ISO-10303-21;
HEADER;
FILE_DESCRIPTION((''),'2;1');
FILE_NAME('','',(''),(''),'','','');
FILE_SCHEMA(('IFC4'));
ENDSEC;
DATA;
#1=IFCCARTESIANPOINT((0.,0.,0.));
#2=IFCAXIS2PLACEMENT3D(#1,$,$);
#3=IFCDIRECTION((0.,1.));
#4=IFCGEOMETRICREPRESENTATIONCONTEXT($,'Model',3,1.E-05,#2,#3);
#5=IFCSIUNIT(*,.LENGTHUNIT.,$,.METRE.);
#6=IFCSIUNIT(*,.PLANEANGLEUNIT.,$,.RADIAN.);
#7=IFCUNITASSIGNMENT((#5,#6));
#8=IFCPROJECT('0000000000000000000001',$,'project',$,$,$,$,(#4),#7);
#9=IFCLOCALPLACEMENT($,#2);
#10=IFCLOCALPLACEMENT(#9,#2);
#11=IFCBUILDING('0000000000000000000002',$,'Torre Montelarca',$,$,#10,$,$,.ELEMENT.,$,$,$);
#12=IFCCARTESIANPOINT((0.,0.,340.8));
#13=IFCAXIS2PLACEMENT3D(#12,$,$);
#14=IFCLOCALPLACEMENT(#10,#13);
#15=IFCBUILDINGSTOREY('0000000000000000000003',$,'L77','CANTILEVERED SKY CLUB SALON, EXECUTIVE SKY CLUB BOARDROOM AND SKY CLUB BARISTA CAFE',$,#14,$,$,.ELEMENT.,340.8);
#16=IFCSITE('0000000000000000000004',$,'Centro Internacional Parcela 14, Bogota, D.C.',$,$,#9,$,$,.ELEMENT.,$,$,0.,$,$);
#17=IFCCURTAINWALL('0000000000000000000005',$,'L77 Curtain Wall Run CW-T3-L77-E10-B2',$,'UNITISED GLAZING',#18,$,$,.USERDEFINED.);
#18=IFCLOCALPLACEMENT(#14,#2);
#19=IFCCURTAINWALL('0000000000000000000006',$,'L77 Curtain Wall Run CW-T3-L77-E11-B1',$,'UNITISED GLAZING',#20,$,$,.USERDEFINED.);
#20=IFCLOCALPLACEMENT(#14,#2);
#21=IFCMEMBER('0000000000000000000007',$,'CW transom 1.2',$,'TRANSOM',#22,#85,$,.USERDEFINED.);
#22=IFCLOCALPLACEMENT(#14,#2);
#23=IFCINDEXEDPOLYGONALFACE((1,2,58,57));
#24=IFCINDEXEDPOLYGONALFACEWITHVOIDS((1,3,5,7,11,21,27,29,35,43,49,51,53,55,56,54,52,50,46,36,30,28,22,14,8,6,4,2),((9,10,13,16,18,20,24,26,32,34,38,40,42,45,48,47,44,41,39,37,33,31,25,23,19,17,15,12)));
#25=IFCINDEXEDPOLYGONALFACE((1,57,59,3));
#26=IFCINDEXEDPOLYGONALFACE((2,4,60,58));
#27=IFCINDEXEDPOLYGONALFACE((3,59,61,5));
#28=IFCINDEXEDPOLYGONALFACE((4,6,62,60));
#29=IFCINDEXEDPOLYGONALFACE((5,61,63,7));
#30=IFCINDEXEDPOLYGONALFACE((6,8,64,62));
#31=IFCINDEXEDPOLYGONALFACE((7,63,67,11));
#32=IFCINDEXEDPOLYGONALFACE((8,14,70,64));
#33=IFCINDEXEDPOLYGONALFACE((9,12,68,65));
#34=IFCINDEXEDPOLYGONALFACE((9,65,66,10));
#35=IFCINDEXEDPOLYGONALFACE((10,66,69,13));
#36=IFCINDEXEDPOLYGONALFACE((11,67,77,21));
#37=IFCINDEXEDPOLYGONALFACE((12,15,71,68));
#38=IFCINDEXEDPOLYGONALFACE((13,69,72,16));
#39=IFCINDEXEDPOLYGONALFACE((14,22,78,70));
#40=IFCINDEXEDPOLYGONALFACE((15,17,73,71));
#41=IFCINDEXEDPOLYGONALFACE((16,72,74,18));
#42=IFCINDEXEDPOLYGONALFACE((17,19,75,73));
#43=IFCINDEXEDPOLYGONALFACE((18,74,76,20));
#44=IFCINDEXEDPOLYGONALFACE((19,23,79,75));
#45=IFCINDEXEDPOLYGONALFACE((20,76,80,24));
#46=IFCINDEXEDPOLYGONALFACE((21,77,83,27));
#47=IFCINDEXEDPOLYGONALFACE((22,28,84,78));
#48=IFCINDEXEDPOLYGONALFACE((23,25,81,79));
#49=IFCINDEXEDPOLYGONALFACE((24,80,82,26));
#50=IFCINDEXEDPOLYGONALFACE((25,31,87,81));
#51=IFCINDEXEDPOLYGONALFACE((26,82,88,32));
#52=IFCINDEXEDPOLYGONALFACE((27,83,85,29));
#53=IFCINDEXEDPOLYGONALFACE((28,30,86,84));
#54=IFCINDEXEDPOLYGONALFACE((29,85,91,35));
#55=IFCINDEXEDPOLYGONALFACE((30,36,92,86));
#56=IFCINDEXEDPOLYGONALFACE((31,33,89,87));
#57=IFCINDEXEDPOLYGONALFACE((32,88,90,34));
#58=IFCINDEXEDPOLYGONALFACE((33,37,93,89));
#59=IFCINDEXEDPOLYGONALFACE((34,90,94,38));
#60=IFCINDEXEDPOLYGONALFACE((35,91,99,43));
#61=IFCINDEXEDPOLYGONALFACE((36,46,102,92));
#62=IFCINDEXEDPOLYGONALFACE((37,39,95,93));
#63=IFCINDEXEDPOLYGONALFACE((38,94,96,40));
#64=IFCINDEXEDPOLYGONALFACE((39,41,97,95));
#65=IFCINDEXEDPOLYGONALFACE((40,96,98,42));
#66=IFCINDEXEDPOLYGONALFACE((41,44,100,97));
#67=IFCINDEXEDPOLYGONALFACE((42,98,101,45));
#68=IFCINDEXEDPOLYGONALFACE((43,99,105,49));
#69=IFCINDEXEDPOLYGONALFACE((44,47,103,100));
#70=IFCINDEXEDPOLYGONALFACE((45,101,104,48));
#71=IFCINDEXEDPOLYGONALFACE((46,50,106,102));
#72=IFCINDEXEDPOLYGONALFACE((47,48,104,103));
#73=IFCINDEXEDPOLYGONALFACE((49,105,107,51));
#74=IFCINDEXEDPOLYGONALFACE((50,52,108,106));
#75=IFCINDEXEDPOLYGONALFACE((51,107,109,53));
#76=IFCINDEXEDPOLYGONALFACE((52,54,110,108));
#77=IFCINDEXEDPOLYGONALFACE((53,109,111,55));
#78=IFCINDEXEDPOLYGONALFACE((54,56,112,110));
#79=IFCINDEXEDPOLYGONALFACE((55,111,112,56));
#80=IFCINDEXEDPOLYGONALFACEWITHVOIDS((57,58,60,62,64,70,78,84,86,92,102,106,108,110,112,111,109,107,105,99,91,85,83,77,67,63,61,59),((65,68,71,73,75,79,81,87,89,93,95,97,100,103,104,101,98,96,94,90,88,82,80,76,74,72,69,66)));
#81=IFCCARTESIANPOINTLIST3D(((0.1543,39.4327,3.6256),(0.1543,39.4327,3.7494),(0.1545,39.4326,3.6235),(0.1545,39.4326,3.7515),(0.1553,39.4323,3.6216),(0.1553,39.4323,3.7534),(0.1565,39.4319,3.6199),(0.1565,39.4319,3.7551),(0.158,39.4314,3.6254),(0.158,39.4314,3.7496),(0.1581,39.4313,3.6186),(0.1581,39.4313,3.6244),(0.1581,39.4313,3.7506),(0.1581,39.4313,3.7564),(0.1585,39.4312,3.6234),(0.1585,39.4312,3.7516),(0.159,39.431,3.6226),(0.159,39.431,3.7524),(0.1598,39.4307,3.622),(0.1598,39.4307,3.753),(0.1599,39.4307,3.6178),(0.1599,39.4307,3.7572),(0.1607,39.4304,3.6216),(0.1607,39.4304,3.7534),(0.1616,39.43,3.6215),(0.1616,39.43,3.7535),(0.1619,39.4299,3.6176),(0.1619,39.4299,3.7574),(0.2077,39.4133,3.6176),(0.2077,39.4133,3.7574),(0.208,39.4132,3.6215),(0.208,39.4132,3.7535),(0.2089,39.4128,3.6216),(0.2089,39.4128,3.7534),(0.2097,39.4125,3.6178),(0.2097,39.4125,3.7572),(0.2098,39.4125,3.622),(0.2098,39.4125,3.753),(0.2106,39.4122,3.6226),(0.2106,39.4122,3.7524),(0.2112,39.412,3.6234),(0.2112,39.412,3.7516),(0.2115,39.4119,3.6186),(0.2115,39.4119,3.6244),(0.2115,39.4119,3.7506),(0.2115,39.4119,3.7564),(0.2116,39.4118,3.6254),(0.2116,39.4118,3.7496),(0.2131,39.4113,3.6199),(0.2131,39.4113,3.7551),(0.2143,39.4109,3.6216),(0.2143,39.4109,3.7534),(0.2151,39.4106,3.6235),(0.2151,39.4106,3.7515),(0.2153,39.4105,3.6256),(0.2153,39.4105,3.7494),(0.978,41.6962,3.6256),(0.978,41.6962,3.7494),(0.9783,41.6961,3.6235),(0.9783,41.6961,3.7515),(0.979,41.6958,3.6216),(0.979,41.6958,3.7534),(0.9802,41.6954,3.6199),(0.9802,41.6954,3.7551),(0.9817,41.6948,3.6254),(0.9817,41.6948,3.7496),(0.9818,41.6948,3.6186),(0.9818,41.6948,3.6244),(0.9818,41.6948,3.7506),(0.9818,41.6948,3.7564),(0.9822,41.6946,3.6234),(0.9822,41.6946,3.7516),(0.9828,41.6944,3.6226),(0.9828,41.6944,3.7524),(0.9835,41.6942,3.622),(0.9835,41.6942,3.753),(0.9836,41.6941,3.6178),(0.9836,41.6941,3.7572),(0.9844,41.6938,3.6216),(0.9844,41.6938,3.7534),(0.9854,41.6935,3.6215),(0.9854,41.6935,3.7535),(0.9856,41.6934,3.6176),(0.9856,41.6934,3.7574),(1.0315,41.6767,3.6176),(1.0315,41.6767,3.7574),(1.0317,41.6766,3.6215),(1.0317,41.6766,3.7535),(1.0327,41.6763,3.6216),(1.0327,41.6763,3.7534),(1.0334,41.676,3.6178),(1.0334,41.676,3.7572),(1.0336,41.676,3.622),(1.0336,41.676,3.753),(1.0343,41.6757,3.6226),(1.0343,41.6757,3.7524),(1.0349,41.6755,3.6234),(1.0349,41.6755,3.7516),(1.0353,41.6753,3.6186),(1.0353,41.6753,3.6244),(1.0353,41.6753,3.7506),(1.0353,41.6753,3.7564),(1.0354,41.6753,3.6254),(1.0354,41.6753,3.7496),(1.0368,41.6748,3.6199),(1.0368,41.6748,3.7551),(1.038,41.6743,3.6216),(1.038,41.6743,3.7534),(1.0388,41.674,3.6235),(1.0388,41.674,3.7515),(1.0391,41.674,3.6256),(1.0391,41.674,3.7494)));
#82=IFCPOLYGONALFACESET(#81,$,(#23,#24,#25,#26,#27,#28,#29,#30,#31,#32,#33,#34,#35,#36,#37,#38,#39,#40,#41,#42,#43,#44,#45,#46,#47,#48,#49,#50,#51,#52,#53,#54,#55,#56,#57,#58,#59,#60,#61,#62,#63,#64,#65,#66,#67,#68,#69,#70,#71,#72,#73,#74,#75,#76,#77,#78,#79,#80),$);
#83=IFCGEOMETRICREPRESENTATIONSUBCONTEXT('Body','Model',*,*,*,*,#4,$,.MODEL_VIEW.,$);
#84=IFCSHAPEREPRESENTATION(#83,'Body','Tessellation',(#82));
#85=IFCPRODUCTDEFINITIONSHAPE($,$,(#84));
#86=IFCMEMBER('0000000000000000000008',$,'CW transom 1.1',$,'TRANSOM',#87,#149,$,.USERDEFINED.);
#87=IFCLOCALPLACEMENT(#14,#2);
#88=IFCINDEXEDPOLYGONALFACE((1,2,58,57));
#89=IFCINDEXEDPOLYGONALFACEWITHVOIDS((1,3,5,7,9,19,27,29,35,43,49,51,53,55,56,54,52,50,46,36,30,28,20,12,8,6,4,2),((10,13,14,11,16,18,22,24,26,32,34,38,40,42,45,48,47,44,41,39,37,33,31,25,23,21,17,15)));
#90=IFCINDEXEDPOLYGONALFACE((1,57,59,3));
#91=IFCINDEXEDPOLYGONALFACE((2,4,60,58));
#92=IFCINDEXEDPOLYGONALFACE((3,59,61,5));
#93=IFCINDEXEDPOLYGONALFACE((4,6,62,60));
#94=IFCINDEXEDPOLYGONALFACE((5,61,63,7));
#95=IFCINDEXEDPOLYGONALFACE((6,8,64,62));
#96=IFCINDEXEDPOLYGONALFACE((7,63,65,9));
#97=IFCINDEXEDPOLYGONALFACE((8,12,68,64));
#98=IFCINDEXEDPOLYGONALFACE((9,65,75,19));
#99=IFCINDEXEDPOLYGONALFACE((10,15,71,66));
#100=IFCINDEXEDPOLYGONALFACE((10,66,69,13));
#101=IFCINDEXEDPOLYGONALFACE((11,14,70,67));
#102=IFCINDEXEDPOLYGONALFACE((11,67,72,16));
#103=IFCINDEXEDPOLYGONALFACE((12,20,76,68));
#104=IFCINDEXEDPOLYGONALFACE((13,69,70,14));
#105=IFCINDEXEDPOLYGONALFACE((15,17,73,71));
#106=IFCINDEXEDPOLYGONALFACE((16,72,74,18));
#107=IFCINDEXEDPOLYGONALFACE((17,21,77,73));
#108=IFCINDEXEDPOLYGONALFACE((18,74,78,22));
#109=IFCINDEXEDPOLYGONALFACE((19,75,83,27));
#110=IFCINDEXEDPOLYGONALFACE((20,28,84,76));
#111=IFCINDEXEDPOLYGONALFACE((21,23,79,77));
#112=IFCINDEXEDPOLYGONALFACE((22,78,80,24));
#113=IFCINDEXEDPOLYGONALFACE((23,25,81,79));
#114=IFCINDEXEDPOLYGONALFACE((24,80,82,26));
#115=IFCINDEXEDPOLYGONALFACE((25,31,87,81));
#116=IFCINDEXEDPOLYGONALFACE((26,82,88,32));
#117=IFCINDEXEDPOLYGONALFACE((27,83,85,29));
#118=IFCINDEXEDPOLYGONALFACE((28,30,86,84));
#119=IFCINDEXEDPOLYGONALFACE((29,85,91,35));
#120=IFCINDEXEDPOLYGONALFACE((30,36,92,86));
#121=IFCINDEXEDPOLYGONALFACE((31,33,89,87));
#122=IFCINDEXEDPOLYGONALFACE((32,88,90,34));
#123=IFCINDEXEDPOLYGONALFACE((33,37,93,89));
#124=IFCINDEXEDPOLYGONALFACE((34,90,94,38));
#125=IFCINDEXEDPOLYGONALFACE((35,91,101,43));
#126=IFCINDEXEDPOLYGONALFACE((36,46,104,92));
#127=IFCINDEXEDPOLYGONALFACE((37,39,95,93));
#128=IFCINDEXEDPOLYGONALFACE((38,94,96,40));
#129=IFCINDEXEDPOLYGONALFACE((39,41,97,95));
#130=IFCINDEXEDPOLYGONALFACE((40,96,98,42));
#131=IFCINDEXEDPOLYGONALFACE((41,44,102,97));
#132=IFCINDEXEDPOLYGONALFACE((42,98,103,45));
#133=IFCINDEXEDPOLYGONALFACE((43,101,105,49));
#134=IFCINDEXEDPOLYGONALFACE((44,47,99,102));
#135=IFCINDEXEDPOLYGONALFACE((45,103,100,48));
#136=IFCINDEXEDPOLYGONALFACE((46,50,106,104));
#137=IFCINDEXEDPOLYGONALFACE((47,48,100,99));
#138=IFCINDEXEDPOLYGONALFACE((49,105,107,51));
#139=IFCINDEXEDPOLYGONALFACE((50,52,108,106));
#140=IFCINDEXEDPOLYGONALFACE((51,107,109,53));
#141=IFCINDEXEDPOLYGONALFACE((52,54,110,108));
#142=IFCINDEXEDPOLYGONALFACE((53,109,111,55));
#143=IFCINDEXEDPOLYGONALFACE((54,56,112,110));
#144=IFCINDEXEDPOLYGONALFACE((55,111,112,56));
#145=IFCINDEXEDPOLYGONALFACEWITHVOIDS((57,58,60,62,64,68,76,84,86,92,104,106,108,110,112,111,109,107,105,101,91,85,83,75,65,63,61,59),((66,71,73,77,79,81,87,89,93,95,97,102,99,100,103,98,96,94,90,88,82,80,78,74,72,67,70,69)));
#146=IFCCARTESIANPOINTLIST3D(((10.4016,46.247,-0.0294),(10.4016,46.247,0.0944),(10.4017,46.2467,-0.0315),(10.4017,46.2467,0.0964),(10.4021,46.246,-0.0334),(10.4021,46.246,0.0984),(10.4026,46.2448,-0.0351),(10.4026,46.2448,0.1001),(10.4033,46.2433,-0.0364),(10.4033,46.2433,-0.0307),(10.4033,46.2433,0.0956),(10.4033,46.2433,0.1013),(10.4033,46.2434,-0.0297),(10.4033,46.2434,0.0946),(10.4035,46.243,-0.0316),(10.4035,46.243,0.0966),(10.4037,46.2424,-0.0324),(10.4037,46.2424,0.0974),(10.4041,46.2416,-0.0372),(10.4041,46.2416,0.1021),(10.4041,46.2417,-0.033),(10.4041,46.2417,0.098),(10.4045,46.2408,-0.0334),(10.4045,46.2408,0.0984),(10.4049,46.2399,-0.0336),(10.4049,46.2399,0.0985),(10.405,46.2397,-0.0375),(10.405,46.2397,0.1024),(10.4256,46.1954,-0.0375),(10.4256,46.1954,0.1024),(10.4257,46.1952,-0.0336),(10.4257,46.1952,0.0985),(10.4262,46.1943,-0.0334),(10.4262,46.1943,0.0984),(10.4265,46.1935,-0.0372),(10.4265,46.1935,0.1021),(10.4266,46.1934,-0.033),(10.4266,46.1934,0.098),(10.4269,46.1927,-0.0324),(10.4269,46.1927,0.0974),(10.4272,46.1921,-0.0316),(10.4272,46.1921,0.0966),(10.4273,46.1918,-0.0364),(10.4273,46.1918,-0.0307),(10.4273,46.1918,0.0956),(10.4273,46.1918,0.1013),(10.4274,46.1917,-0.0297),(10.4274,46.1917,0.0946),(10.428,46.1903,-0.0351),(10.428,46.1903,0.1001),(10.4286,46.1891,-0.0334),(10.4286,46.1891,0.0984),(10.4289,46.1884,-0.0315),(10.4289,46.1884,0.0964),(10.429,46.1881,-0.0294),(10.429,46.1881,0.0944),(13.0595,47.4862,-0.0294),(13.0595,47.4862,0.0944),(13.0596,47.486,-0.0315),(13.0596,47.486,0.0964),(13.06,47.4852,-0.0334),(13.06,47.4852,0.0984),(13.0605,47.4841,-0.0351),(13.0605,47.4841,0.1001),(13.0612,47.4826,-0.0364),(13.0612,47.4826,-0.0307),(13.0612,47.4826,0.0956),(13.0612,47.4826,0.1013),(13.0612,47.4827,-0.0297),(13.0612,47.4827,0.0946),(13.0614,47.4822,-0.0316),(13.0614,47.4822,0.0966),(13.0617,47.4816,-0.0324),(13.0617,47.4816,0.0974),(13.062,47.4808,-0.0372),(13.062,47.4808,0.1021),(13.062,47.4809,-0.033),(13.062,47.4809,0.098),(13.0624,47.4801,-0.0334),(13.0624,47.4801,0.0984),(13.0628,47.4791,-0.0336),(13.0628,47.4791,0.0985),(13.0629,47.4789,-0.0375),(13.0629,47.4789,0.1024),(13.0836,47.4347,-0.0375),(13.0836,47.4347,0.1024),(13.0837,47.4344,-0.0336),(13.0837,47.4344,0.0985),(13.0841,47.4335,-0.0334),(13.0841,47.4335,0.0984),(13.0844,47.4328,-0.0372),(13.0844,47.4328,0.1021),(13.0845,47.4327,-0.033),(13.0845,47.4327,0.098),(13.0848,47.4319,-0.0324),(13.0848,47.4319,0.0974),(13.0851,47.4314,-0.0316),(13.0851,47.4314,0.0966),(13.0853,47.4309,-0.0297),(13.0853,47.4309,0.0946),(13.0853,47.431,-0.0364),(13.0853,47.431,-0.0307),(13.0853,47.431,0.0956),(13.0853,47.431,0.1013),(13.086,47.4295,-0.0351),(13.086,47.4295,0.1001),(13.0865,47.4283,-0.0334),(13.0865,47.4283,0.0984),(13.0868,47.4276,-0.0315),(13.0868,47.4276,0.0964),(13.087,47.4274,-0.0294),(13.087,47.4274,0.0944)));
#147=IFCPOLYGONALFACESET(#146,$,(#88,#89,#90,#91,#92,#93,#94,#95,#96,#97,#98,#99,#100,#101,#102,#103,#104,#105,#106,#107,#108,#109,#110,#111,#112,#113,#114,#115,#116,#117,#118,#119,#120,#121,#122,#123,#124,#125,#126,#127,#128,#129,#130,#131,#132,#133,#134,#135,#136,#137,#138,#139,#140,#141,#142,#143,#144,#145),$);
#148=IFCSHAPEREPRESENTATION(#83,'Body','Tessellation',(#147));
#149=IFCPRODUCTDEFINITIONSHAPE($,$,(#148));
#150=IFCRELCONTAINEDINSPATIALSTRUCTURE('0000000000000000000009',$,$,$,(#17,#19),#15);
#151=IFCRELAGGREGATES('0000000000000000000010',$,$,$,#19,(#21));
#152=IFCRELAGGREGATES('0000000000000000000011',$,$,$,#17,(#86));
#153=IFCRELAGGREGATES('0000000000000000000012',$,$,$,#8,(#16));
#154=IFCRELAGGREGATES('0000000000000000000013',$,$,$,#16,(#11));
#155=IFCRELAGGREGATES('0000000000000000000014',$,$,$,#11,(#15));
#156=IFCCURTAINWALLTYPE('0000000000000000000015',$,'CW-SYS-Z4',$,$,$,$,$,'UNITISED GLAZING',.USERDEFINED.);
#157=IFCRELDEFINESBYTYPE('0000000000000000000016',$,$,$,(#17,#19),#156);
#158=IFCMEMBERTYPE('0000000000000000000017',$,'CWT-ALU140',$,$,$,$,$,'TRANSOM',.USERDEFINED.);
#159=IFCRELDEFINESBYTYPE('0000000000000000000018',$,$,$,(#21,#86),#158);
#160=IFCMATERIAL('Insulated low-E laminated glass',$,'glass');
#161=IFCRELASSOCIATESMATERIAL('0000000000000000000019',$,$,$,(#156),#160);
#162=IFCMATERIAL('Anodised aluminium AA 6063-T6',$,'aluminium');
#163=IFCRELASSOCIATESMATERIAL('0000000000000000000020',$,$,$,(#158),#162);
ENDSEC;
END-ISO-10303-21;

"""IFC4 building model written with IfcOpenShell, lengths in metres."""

from ifc_helpers import new_model, si_unit, direction, frame, origin, origin_2d, place, context, subcontext, project, spatial, hollow_rectangle, extrude, source, transform, mapped, material, material_profile, profile_set, type_object, element, aggregate, save


model = new_model("IFC4")

# Units and contexts
model_context = context("Model", 3, precision=1e-05, world=origin(), true_north=direction((0.0, 1.0)))
body_context = subcontext(model_context, "Body", "Model", "MODEL_VIEW")
ifc_project = project(units=[si_unit("LENGTHUNIT", "METRE"), si_unit("PLANEANGLEUNIT", "RADIAN")], contexts=[model_context])

# Site, building, storey
site_placement = place(None, origin())
site = spatial("IfcSite", under=ifc_project, at=site_placement, Name="Centro Internacional Parcela 14, Bogota, D.C.", CompositionType="ELEMENT", RefElevation=0.0)
building_placement = place(site_placement, origin())
building = spatial("IfcBuilding", under=site, at=building_placement, Name="Torre Montelarca", CompositionType="ELEMENT")
storey_placement = place(building_placement, frame((0.0, 0.0, 340.8)))
storey = spatial("IfcBuildingStorey", under=building, at=storey_placement, Name="L77", Description="CANTILEVERED SKY CLUB SALON, EXECUTIVE SKY CLUB BOARDROOM AND SKY CLUB BARISTA CAFE", CompositionType="ELEMENT", Elevation=340.8)

# Curtain walls, member
ifc_material_1 = material(Name="Insulated low-E laminated glass", Category="glass")
curtain_wall_type = type_object("IfcCurtainWallType", Name="CW-SYS-Z4", ElementType="UNITISED GLAZING", PredefinedType="USERDEFINED", material=ifc_material_1)
curtain_wall_1_placement = place(storey_placement, origin())
curtain_wall_1 = element("IfcCurtainWall", 1, at=curtain_wall_1_placement, inside=storey, type_object=curtain_wall_type, Name="L77 Curtain Wall Run CW-T3-L77-E10-B2", ObjectType="UNITISED GLAZING", PredefinedType="USERDEFINED")
ifc_material_2 = material(Name="Anodised aluminium AA 6063-T6", Category="aluminium")
curtain_wall_2_placement = place(storey_placement, origin())
curtain_wall_2 = element("IfcCurtainWall", 2, at=curtain_wall_2_placement, inside=storey, type_object=curtain_wall_type, Name="L77 Curtain Wall Run CW-T3-L77-E11-B1", ObjectType="UNITISED GLAZING", PredefinedType="USERDEFINED")
ifc_material_profile_1 = material_profile(ifc_material_2, hollow_rectangle(XDim=0.0649, YDim=0.1399, WallThickness=0.0039, InnerFilletRadius=0.0039, OuterFilletRadius=0.0081, at=origin_2d()), Name="ALU65X140X4", Category="aluminium")
ifc_profile_set_1 = profile_set([ifc_material_profile_1], Name="Anodised aluminium AA 6063-T6")
member_type_1 = type_object("IfcMemberType", Name="CWT-ALU140", ElementType="TRANSOM", PredefinedType="USERDEFINED", material=ifc_profile_set_1)
shared_shape_1 = source(origin(), body_context, "Body", "SweptSolid", [
    extrude(hollow_rectangle(XDim=0.0649, YDim=0.1399, WallThickness=0.0039, InnerFilletRadius=0.0039, OuterFilletRadius=0.0081, at=origin_2d()), origin(), (0.0, 0.0, 1.0), 2.4087),
])
member_1_placement = place(storey_placement, frame((1.0085, 41.6851, 3.6875), z_axis=(-0.341987, -0.939705, 0.0), x_axis=(0.939705, -0.341987, 0.0)))
member_1 = element("IfcMember", 3, at=member_1_placement, type_object=member_type_1, Name="CW transom 1.2", ObjectType="TRANSOM", PredefinedType="USERDEFINED", context=body_context, shape_type="MappedRepresentation", body=[
    mapped(shared_shape_1, transform((0.0, 0.0, 0.0), scale=1.0)),
])

# Member
shared_shape_2 = source(origin(), body_context, "Body", "SweptSolid", [
    extrude(hollow_rectangle(XDim=0.0649, YDim=0.1399, WallThickness=0.0039, InnerFilletRadius=0.0039, OuterFilletRadius=0.0081, at=origin_2d()), origin(), (0.0, 0.0, 1.0), 2.9326),
])
member_2_placement = place(storey_placement, frame((13.0732, 47.4568, 0.0325), z_axis=(-0.90633, -0.422571, 0.0), x_axis=(0.422571, -0.90633, 0.0)))
member_2 = element("IfcMember", 4, at=member_2_placement, type_object=member_type_1, Name="CW transom 1.1", ObjectType="TRANSOM", PredefinedType="USERDEFINED", context=body_context, shape_type="MappedRepresentation", body=[
    mapped(shared_shape_2, transform((0.0, 0.0, 0.0), scale=1.0)),
])

aggregate(curtain_wall_2, [member_1])
aggregate(curtain_wall_1, [member_2])

save(model, "model.ifc")
